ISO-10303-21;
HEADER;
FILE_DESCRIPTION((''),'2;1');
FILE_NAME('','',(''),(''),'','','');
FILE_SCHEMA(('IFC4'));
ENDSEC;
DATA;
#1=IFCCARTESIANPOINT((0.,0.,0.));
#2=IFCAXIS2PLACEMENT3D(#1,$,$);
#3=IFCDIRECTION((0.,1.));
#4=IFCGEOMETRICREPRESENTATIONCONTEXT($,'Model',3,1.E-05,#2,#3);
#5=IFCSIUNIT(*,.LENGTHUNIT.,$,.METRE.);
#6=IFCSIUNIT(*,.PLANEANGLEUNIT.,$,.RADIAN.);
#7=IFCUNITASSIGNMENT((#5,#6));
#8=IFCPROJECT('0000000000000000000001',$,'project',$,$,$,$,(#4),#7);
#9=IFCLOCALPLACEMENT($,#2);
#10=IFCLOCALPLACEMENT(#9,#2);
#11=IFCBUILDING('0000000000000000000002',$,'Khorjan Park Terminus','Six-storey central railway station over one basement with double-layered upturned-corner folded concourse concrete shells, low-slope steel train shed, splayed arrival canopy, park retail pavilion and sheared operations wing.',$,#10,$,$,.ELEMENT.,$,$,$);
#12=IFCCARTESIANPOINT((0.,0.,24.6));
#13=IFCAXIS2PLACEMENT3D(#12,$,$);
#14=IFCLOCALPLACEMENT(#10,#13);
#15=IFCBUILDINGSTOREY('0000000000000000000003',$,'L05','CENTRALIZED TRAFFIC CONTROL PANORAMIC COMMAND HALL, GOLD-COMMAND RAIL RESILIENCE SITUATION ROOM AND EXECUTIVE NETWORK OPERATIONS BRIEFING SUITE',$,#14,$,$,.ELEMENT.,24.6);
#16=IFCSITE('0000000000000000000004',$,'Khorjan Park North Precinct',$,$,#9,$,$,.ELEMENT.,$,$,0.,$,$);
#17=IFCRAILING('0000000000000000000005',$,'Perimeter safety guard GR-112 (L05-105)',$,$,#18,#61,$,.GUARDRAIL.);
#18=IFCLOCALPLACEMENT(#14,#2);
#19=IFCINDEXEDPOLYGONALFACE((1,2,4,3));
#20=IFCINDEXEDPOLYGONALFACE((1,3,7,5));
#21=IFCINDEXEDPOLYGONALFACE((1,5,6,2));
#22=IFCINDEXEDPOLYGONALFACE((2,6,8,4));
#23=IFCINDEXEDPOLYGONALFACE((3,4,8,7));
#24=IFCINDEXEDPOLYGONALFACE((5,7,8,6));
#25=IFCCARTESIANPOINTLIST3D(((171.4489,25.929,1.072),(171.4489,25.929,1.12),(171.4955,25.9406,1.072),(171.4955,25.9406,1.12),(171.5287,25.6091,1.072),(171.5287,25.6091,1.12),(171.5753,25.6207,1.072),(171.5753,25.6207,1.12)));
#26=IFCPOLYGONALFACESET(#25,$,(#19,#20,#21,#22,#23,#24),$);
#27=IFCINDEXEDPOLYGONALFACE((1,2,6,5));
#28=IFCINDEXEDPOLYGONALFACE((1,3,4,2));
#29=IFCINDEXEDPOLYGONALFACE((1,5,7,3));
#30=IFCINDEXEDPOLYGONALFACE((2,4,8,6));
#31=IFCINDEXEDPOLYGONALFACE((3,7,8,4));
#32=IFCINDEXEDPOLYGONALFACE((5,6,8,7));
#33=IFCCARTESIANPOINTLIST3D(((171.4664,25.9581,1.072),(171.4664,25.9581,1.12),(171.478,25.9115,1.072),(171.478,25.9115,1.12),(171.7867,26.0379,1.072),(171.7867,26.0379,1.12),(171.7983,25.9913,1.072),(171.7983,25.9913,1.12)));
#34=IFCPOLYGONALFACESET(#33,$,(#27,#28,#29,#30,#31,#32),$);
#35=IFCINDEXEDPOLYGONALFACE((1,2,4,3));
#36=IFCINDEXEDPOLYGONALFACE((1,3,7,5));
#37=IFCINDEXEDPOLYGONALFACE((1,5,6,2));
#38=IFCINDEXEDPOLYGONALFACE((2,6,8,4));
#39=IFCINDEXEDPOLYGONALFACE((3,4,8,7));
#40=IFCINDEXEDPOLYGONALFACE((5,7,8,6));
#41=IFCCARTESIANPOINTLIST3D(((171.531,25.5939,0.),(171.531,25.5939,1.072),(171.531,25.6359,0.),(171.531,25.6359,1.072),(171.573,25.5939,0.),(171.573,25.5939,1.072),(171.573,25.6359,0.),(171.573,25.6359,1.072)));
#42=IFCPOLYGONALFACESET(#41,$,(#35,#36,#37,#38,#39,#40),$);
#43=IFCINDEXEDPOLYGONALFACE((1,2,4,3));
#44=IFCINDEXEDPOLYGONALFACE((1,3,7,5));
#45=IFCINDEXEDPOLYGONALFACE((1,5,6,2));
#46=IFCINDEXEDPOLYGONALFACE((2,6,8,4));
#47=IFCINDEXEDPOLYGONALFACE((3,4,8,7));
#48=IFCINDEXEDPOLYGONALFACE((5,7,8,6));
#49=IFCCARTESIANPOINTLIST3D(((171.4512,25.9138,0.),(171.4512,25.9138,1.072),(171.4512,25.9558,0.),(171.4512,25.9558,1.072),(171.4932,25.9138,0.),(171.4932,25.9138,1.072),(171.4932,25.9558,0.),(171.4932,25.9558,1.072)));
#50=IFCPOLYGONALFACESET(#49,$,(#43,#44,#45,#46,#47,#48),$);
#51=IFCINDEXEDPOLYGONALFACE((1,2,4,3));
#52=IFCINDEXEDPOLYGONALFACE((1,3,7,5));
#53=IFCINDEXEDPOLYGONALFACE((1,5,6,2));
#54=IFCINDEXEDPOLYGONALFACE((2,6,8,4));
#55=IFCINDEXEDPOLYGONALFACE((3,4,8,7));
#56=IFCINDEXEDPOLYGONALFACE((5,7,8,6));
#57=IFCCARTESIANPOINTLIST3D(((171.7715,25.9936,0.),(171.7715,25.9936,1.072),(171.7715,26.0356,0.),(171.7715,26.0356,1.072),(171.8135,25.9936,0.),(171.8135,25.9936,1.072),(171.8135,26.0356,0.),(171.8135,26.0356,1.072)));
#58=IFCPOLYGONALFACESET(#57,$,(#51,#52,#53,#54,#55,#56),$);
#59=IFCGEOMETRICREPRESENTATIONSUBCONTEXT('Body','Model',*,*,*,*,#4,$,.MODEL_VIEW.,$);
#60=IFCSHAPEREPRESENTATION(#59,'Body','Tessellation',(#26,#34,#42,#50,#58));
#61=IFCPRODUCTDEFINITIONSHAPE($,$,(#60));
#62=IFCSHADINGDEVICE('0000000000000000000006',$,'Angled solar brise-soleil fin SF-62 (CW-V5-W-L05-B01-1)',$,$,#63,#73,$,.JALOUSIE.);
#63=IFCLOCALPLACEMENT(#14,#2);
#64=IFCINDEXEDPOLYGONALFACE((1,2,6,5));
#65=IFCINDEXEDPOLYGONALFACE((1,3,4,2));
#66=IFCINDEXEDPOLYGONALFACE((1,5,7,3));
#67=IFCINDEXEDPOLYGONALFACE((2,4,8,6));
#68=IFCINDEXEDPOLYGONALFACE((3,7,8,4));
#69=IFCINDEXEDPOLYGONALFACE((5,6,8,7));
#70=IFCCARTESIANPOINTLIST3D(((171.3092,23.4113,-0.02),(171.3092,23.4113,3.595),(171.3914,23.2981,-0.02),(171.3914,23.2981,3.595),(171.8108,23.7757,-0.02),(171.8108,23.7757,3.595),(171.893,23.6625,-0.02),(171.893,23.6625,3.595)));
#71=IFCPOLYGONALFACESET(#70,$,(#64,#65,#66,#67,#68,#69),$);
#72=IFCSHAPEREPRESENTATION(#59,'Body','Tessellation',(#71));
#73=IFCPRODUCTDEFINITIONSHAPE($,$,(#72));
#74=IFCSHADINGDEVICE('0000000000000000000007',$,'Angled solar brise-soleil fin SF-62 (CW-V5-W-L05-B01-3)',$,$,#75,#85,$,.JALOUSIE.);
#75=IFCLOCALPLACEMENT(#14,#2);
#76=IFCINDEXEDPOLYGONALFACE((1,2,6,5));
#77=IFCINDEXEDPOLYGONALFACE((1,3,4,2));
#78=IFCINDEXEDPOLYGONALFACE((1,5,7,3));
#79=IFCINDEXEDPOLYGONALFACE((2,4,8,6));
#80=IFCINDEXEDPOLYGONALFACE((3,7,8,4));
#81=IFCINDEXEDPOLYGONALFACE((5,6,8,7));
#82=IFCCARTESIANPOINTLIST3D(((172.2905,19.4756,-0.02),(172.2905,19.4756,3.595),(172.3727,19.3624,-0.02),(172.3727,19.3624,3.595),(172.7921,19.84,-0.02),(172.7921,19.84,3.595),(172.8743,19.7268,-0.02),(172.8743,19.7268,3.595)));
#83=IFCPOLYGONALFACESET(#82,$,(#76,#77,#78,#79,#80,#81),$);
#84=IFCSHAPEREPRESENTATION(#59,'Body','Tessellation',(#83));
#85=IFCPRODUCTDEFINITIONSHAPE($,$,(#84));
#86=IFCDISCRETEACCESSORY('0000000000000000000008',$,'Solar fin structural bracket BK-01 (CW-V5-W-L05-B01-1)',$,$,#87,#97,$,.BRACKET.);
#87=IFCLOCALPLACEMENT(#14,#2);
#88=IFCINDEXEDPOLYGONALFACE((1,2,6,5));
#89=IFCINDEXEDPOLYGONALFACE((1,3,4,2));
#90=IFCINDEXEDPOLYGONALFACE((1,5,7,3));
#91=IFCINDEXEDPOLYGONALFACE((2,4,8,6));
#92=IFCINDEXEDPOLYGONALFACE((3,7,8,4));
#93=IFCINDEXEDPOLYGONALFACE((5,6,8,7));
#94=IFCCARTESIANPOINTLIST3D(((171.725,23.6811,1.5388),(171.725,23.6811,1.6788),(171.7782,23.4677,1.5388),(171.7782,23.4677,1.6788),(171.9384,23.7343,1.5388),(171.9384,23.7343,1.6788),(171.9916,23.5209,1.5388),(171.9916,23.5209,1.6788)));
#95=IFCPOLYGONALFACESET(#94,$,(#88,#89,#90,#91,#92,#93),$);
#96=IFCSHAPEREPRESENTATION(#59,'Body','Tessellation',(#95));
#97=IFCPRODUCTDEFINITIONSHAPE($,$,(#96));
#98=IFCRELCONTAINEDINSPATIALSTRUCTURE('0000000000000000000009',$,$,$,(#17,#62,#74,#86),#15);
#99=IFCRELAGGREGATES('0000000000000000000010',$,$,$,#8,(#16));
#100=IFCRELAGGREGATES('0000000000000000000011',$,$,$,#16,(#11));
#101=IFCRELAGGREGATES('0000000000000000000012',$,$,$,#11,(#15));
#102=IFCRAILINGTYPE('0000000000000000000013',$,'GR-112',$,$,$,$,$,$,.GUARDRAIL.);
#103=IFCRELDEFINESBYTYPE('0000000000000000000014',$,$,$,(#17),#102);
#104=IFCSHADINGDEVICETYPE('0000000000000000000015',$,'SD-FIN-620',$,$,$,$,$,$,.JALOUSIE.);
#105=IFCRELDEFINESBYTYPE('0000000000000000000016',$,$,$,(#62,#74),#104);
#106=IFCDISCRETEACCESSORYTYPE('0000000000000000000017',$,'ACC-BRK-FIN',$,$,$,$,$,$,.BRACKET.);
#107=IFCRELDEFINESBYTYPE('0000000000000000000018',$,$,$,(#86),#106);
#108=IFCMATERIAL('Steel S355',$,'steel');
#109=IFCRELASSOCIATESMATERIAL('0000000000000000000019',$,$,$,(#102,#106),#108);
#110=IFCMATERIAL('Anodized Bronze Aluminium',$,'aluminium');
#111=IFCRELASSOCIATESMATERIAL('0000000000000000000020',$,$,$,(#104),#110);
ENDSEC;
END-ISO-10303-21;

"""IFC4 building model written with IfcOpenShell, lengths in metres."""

from ifc_helpers import new_model, si_unit, direction, frame, origin, origin_2d, place, context, subcontext, project, spatial, rectangle, extrude, material, type_object, element, save


model = new_model("IFC4")

# Units and contexts
model_context = context("Model", 3, precision=1e-05, world=origin(), true_north=direction((0.0, 1.0)))
body_context = subcontext(model_context, "Body", "Model", "MODEL_VIEW")
ifc_project = project(units=[si_unit("LENGTHUNIT", "METRE"), si_unit("PLANEANGLEUNIT", "RADIAN")], contexts=[model_context])

# Site, building, storey
site_placement = place(None, origin())
site = spatial("IfcSite", under=ifc_project, at=site_placement, Name="Khorjan Park North Precinct", CompositionType="ELEMENT", RefElevation=0.0)
building_placement = place(site_placement, origin())
building = spatial("IfcBuilding", under=site, at=building_placement, Name="Khorjan Park Terminus", Description="Six-storey central railway station over one basement with double-layered upturned-corner folded concourse concrete shells, low-slope steel train shed, splayed arrival canopy, park retail pavilion and sheared operations wing.", CompositionType="ELEMENT")
storey_placement = place(building_placement, frame((0.0, 0.0, 24.6)))
storey = spatial("IfcBuildingStorey", under=building, at=storey_placement, Name="L05", Description="CENTRALIZED TRAFFIC CONTROL PANORAMIC COMMAND HALL, GOLD-COMMAND RAIL RESILIENCE SITUATION ROOM AND EXECUTIVE NETWORK OPERATIONS BRIEFING SUITE", CompositionType="ELEMENT", Elevation=24.6)

# Shared definitions
ifc_material_1 = material(Name="Steel S355", Category="steel")

# Shared definitions
ifc_material_2 = material(Name="Anodized Bronze Aluminium", Category="aluminium")

# Railing
railing_type = type_object("IfcRailingType", Name="GR-112", PredefinedType="GUARDRAIL", material=ifc_material_1)
railing_placement = place(storey_placement, frame((171.552, 25.6149, 0.0)))
element("IfcRailing", 1, at=railing_placement, inside=storey, type_object=railing_type, Name="Perimeter safety guard GR-112 (L05-105)", PredefinedType="GUARDRAIL", context=body_context, shape_type="SweptSolid", body=[
    extrude(rectangle(XDim=0.048, YDim=0.048, at=origin_2d()), frame((0.0, 0.0, 1.096), z_axis=(-0.242036, 0.970267, 0.0), x_axis=(-0.970267, -0.242036, 0.0)), (0.0, 0.0, 1.0), 0.3297),
    extrude(rectangle(XDim=0.048, YDim=0.048, at=origin_2d()), frame((-0.0798, 0.3199, 1.096), z_axis=(0.970338, 0.241751, 0.0), x_axis=(-0.241751, 0.970338, 0.0)), (0.0, 0.0, 1.0), 0.3301),
    extrude(rectangle(XDim=0.042, YDim=0.042, at=origin_2d()), origin(), (0.0, 0.0, 1.0), 1.072),
    extrude(rectangle(XDim=0.042, YDim=0.042, at=origin_2d()), frame((-0.0798, 0.3199, 0.0)), (0.0, 0.0, 1.0), 1.072),
    extrude(rectangle(XDim=0.042, YDim=0.042, at=origin_2d()), frame((0.2405, 0.3997, 0.0)), (0.0, 0.0, 1.0), 1.072),
])

# Shading devices
shading_device_type = type_object("IfcShadingDeviceType", Name="SD-FIN-620", PredefinedType="JALOUSIE", material=ifc_material_2)
for number, where, z_axis, x_axis, name in (
    (2, (171.6011, 23.5369, -0.02), (0.0, 0.0, 1.0), (0.809017, 0.587785, 0.0), "Angled solar brise-soleil fin SF-62 (CW-V5-W-L05-B01-1)"),
    (3, (172.5824, 19.6012, -0.02), (0.0, 0.0, 1.0), (0.809017, 0.587785, 0.0), "Angled solar brise-soleil fin SF-62 (CW-V5-W-L05-B01-3)"),
):
    element("IfcShadingDevice", number, at=place(storey_placement, frame(where, z_axis=z_axis, x_axis=x_axis)), inside=storey, type_object=shading_device_type, Name=name, PredefinedType="JALOUSIE", context=body_context, shape_type="SweptSolid", body=[
        extrude(rectangle(XDim=0.62, YDim=0.14, at=origin_2d()), origin(), (0.0, 0.0, 1.0), 3.615),
    ])

# Discrete accessory
discrete_accessory_type = type_object("IfcDiscreteAccessoryType", Name="ACC-BRK-FIN", PredefinedType="BRACKET", material=ifc_material_1)
discrete_accessory_placement = place(storey_placement, frame((171.8583, 23.601, 1.5388), z_axis=(0.0, 0.0, 1.0), x_axis=(0.241928, -0.970294, 0.0)))
element("IfcDiscreteAccessory", 4, at=discrete_accessory_placement, inside=storey, type_object=discrete_accessory_type, Name="Solar fin structural bracket BK-01 (CW-V5-W-L05-B01-1)", PredefinedType="BRACKET", context=body_context, shape_type="SweptSolid", body=[
    extrude(rectangle(XDim=0.22, YDim=0.22, at=origin_2d()), origin(), (0.0, 0.0, 1.0), 0.14),
])

save(model, "model.ifc")
